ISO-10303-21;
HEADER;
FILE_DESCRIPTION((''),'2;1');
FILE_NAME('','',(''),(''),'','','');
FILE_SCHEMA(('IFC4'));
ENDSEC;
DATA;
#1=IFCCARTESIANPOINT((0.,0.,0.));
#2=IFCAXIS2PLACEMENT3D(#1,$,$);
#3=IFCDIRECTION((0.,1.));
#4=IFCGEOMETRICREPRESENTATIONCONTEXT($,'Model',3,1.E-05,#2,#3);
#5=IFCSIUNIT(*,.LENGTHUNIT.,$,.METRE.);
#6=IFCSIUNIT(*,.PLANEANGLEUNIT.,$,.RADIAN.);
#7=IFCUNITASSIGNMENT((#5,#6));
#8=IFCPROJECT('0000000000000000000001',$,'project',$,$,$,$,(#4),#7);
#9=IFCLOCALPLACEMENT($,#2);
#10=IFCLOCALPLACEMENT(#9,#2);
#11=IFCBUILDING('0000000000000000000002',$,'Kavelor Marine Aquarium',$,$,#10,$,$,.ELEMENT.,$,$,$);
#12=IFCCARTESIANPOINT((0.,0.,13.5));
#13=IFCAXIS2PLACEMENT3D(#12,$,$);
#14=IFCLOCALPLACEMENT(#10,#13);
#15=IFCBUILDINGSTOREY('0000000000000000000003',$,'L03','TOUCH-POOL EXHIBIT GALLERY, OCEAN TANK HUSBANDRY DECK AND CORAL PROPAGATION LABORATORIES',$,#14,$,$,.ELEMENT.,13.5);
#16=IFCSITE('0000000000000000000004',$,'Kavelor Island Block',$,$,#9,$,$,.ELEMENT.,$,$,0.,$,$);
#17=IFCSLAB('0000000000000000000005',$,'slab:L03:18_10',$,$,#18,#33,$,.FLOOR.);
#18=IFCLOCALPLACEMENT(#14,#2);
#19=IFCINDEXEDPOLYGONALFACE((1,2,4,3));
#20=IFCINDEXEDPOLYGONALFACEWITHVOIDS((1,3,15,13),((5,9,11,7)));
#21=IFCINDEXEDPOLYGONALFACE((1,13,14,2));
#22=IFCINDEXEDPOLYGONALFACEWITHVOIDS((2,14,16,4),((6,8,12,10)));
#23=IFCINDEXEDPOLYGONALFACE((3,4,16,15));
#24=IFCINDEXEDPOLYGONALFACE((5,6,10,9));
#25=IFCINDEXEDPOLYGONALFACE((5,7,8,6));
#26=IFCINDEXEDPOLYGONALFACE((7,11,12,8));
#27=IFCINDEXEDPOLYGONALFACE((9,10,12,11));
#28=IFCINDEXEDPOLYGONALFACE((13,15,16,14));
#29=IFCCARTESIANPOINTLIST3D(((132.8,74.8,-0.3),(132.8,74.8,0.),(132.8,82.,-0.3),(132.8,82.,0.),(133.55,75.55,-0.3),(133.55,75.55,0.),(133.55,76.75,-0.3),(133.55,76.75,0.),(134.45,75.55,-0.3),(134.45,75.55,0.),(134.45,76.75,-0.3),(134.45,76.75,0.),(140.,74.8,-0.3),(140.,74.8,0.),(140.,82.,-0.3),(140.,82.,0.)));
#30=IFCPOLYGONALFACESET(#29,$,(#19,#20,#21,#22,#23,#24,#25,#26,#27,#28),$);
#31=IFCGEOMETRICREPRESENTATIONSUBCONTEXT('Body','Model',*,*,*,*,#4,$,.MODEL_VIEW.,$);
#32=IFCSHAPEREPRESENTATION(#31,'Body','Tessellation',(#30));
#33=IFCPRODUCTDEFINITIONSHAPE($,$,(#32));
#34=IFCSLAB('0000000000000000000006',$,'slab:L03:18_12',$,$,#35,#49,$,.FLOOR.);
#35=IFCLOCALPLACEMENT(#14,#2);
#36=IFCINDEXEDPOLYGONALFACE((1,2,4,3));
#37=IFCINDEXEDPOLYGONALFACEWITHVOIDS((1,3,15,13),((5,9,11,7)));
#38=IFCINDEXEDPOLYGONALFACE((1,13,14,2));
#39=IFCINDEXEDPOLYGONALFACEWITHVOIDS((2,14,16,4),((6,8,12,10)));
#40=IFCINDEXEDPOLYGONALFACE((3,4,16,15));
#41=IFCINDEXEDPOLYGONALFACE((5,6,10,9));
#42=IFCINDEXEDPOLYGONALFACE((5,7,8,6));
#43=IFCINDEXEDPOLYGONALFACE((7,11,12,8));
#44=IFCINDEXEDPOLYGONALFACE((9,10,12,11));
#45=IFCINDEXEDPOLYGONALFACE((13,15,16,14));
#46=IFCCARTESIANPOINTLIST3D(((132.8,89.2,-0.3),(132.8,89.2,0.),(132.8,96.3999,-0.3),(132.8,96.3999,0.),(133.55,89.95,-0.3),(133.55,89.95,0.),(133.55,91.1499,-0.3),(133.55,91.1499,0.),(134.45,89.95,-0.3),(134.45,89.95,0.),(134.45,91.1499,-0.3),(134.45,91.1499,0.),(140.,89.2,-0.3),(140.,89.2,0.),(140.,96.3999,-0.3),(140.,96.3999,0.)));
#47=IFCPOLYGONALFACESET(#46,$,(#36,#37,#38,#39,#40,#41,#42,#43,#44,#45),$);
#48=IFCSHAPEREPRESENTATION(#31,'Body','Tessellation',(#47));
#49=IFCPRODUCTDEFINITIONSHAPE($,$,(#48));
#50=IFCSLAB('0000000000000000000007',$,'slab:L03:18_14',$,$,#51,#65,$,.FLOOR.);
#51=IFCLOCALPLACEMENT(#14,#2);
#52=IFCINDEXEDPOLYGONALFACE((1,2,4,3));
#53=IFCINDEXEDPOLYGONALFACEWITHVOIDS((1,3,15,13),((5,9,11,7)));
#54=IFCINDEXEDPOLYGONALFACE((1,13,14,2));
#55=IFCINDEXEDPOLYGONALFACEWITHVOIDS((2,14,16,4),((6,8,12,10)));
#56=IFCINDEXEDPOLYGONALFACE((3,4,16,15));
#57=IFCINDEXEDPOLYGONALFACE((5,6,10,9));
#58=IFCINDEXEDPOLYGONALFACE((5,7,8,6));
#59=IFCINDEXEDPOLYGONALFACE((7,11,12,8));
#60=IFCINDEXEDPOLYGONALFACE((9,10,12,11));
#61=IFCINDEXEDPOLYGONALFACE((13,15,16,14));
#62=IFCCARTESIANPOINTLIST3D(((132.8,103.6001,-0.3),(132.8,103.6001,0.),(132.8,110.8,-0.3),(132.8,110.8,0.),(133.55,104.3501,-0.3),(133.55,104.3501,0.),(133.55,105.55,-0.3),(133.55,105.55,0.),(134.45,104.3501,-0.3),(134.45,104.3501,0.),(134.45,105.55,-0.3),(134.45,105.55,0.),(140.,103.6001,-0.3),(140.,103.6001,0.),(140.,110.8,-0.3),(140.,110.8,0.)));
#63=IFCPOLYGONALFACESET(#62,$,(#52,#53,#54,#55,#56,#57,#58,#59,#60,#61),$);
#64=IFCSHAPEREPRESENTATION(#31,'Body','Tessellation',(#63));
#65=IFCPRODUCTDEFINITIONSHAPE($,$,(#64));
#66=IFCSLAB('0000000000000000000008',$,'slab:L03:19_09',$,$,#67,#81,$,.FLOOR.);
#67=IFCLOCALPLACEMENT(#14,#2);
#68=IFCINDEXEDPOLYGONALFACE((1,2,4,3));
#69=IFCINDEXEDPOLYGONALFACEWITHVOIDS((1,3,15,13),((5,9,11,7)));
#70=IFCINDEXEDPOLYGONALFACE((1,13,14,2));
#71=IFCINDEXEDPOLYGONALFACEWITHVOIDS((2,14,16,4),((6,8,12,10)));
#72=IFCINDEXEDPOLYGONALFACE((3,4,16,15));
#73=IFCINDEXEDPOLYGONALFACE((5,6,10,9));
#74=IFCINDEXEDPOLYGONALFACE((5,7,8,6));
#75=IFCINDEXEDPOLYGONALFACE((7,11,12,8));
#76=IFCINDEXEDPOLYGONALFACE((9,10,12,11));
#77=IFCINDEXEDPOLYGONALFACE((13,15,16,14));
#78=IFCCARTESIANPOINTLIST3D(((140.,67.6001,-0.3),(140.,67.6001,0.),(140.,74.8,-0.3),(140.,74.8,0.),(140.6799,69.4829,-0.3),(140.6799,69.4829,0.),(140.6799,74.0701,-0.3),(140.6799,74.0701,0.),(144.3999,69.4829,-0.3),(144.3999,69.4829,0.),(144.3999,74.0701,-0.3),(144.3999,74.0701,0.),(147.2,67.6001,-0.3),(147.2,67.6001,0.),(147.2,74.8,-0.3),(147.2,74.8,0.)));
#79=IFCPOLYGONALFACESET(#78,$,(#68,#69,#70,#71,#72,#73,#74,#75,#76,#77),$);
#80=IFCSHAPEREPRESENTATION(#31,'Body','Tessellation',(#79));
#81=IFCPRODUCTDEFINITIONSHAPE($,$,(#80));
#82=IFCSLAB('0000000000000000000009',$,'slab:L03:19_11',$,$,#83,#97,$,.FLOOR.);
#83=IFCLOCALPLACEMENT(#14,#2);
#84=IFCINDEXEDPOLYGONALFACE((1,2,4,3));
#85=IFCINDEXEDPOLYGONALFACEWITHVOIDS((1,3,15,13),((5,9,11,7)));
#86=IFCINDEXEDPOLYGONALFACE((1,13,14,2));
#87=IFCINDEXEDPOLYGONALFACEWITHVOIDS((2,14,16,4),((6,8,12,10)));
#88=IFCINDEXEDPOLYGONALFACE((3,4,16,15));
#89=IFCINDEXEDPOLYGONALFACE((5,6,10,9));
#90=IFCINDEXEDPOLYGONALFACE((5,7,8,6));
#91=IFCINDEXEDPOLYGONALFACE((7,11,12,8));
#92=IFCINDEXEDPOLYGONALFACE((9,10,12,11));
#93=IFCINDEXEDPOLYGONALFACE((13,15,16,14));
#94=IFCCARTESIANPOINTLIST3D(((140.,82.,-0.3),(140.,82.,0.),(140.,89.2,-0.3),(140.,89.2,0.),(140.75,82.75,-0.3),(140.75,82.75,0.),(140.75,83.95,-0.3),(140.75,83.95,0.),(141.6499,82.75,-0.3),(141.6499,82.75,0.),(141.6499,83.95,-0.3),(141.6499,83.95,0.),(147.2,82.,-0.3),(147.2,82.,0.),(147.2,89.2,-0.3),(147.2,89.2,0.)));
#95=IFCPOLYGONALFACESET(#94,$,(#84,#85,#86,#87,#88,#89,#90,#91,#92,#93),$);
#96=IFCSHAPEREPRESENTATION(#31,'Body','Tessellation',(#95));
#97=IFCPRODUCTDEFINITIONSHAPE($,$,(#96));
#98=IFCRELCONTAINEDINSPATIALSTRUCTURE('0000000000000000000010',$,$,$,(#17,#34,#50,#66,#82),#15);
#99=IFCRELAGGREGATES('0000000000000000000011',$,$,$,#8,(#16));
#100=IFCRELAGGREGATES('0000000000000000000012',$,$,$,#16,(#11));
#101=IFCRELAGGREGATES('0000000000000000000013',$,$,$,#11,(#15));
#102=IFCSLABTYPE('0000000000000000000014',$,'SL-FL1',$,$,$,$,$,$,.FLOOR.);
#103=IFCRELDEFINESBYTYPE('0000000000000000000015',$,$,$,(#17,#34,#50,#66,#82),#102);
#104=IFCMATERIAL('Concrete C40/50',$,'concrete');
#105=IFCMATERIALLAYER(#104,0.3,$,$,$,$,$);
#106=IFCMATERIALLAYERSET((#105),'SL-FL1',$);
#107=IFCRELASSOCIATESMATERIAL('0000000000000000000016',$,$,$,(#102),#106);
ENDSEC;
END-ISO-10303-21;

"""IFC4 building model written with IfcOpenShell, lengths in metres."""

from ifc_helpers import new_model, si_unit, direction, frame, origin, place, context, subcontext, project, spatial, polyline, outline, extrude, material, layer, layer_set, type_object, element, save


model = new_model("IFC4")

# Units and contexts
model_context = context("Model", 3, precision=1e-05, world=origin(), true_north=direction((0.0, 1.0)))
body_context = subcontext(model_context, "Body", "Model", "MODEL_VIEW")
ifc_project = project(units=[si_unit("LENGTHUNIT", "METRE"), si_unit("PLANEANGLEUNIT", "RADIAN")], contexts=[model_context])

# Site, building, storey
site_placement = place(None, origin())
site = spatial("IfcSite", under=ifc_project, at=site_placement, Name="Kavelor Island Block", CompositionType="ELEMENT", RefElevation=0.0)
building_placement = place(site_placement, origin())
building = spatial("IfcBuilding", under=site, at=building_placement, Name="Kavelor Marine Aquarium", CompositionType="ELEMENT")
storey_placement = place(building_placement, frame((0.0, 0.0, 13.5)))
storey = spatial("IfcBuildingStorey", under=building, at=storey_placement, Name="L03", Description="TOUCH-POOL EXHIBIT GALLERY, OCEAN TANK HUSBANDRY DECK AND CORAL PROPAGATION LABORATORIES", CompositionType="ELEMENT", Elevation=13.5)

# Slabs
ifc_material = material(Name="Concrete C40/50", Category="concrete")
ifc_layer = layer(ifc_material, 0.3)
ifc_layer_set = layer_set([ifc_layer], Name="SL-FL1")
slab_type = type_object("IfcSlabType", Name="SL-FL1", PredefinedType="FLOOR", material=ifc_layer_set)
slab_1_placement = place(storey_placement, frame((0.0, 0.0, -0.3)))
element("IfcSlab", 1, at=slab_1_placement, inside=storey, type_object=slab_type, Name="slab:L03:18_10", PredefinedType="FLOOR", context=body_context, shape_type="SweptSolid", body=[
    extrude(outline(polyline([(132.8, 74.8), (140.0, 74.8), (140.0, 82.0), (132.8, 82.0), (132.8, 74.8)]), holes=[polyline([(133.55, 75.55), (134.45, 75.55), (134.45, 76.75), (133.55, 76.75), (133.55, 75.55)])]), origin(), (0.0, 0.0, 1.0), 0.3),
])
slab_2_placement = place(storey_placement, frame((0.0, 0.0, -0.3)))
element("IfcSlab", 2, at=slab_2_placement, inside=storey, type_object=slab_type, Name="slab:L03:18_12", PredefinedType="FLOOR", context=body_context, shape_type="SweptSolid", body=[
    extrude(outline(polyline([(132.8, 89.2), (140.0, 89.2), (140.0, 96.3999), (132.8, 96.3999), (132.8, 89.2)]), holes=[polyline([(133.55, 89.95), (134.45, 89.95), (134.45, 91.1499), (133.55, 91.1499), (133.55, 89.95)])]), origin(), (0.0, 0.0, 1.0), 0.3),
])
slab_3_placement = place(storey_placement, frame((0.0, 0.0, -0.3)))
element("IfcSlab", 3, at=slab_3_placement, inside=storey, type_object=slab_type, Name="slab:L03:18_14", PredefinedType="FLOOR", context=body_context, shape_type="SweptSolid", body=[
    extrude(outline(polyline([(132.8, 103.6001), (140.0, 103.6001), (140.0, 110.8), (132.8, 110.8), (132.8, 103.6001)]), holes=[polyline([(133.55, 104.3501), (134.45, 104.3501), (134.45, 105.55), (133.55, 105.55), (133.55, 104.3501)])]), origin(), (0.0, 0.0, 1.0), 0.3),
])
slab_4_placement = place(storey_placement, frame((0.0, 0.0, -0.3)))
element("IfcSlab", 4, at=slab_4_placement, inside=storey, type_object=slab_type, Name="slab:L03:19_09", PredefinedType="FLOOR", context=body_context, shape_type="SweptSolid", body=[
    extrude(outline(polyline([(140.0, 67.6001), (147.2, 67.6001), (147.2, 74.8), (140.0, 74.8), (140.0, 67.6001)]), holes=[polyline([(140.6799, 69.4829), (144.3999, 69.4829), (144.3999, 74.0701), (140.6799, 74.0701), (140.6799, 69.4829)])]), origin(), (0.0, 0.0, 1.0), 0.3),
])
slab_5_placement = place(storey_placement, frame((0.0, 0.0, -0.3)))
element("IfcSlab", 5, at=slab_5_placement, inside=storey, type_object=slab_type, Name="slab:L03:19_11", PredefinedType="FLOOR", context=body_context, shape_type="SweptSolid", body=[
    extrude(outline(polyline([(140.0, 82.0), (147.2, 82.0), (147.2, 89.2), (140.0, 89.2), (140.0, 82.0)]), holes=[polyline([(140.75, 82.75), (141.6499, 82.75), (141.6499, 83.95), (140.75, 83.95), (140.75, 82.75)])]), origin(), (0.0, 0.0, 1.0), 0.3),
])

save(model, "model.ifc")
